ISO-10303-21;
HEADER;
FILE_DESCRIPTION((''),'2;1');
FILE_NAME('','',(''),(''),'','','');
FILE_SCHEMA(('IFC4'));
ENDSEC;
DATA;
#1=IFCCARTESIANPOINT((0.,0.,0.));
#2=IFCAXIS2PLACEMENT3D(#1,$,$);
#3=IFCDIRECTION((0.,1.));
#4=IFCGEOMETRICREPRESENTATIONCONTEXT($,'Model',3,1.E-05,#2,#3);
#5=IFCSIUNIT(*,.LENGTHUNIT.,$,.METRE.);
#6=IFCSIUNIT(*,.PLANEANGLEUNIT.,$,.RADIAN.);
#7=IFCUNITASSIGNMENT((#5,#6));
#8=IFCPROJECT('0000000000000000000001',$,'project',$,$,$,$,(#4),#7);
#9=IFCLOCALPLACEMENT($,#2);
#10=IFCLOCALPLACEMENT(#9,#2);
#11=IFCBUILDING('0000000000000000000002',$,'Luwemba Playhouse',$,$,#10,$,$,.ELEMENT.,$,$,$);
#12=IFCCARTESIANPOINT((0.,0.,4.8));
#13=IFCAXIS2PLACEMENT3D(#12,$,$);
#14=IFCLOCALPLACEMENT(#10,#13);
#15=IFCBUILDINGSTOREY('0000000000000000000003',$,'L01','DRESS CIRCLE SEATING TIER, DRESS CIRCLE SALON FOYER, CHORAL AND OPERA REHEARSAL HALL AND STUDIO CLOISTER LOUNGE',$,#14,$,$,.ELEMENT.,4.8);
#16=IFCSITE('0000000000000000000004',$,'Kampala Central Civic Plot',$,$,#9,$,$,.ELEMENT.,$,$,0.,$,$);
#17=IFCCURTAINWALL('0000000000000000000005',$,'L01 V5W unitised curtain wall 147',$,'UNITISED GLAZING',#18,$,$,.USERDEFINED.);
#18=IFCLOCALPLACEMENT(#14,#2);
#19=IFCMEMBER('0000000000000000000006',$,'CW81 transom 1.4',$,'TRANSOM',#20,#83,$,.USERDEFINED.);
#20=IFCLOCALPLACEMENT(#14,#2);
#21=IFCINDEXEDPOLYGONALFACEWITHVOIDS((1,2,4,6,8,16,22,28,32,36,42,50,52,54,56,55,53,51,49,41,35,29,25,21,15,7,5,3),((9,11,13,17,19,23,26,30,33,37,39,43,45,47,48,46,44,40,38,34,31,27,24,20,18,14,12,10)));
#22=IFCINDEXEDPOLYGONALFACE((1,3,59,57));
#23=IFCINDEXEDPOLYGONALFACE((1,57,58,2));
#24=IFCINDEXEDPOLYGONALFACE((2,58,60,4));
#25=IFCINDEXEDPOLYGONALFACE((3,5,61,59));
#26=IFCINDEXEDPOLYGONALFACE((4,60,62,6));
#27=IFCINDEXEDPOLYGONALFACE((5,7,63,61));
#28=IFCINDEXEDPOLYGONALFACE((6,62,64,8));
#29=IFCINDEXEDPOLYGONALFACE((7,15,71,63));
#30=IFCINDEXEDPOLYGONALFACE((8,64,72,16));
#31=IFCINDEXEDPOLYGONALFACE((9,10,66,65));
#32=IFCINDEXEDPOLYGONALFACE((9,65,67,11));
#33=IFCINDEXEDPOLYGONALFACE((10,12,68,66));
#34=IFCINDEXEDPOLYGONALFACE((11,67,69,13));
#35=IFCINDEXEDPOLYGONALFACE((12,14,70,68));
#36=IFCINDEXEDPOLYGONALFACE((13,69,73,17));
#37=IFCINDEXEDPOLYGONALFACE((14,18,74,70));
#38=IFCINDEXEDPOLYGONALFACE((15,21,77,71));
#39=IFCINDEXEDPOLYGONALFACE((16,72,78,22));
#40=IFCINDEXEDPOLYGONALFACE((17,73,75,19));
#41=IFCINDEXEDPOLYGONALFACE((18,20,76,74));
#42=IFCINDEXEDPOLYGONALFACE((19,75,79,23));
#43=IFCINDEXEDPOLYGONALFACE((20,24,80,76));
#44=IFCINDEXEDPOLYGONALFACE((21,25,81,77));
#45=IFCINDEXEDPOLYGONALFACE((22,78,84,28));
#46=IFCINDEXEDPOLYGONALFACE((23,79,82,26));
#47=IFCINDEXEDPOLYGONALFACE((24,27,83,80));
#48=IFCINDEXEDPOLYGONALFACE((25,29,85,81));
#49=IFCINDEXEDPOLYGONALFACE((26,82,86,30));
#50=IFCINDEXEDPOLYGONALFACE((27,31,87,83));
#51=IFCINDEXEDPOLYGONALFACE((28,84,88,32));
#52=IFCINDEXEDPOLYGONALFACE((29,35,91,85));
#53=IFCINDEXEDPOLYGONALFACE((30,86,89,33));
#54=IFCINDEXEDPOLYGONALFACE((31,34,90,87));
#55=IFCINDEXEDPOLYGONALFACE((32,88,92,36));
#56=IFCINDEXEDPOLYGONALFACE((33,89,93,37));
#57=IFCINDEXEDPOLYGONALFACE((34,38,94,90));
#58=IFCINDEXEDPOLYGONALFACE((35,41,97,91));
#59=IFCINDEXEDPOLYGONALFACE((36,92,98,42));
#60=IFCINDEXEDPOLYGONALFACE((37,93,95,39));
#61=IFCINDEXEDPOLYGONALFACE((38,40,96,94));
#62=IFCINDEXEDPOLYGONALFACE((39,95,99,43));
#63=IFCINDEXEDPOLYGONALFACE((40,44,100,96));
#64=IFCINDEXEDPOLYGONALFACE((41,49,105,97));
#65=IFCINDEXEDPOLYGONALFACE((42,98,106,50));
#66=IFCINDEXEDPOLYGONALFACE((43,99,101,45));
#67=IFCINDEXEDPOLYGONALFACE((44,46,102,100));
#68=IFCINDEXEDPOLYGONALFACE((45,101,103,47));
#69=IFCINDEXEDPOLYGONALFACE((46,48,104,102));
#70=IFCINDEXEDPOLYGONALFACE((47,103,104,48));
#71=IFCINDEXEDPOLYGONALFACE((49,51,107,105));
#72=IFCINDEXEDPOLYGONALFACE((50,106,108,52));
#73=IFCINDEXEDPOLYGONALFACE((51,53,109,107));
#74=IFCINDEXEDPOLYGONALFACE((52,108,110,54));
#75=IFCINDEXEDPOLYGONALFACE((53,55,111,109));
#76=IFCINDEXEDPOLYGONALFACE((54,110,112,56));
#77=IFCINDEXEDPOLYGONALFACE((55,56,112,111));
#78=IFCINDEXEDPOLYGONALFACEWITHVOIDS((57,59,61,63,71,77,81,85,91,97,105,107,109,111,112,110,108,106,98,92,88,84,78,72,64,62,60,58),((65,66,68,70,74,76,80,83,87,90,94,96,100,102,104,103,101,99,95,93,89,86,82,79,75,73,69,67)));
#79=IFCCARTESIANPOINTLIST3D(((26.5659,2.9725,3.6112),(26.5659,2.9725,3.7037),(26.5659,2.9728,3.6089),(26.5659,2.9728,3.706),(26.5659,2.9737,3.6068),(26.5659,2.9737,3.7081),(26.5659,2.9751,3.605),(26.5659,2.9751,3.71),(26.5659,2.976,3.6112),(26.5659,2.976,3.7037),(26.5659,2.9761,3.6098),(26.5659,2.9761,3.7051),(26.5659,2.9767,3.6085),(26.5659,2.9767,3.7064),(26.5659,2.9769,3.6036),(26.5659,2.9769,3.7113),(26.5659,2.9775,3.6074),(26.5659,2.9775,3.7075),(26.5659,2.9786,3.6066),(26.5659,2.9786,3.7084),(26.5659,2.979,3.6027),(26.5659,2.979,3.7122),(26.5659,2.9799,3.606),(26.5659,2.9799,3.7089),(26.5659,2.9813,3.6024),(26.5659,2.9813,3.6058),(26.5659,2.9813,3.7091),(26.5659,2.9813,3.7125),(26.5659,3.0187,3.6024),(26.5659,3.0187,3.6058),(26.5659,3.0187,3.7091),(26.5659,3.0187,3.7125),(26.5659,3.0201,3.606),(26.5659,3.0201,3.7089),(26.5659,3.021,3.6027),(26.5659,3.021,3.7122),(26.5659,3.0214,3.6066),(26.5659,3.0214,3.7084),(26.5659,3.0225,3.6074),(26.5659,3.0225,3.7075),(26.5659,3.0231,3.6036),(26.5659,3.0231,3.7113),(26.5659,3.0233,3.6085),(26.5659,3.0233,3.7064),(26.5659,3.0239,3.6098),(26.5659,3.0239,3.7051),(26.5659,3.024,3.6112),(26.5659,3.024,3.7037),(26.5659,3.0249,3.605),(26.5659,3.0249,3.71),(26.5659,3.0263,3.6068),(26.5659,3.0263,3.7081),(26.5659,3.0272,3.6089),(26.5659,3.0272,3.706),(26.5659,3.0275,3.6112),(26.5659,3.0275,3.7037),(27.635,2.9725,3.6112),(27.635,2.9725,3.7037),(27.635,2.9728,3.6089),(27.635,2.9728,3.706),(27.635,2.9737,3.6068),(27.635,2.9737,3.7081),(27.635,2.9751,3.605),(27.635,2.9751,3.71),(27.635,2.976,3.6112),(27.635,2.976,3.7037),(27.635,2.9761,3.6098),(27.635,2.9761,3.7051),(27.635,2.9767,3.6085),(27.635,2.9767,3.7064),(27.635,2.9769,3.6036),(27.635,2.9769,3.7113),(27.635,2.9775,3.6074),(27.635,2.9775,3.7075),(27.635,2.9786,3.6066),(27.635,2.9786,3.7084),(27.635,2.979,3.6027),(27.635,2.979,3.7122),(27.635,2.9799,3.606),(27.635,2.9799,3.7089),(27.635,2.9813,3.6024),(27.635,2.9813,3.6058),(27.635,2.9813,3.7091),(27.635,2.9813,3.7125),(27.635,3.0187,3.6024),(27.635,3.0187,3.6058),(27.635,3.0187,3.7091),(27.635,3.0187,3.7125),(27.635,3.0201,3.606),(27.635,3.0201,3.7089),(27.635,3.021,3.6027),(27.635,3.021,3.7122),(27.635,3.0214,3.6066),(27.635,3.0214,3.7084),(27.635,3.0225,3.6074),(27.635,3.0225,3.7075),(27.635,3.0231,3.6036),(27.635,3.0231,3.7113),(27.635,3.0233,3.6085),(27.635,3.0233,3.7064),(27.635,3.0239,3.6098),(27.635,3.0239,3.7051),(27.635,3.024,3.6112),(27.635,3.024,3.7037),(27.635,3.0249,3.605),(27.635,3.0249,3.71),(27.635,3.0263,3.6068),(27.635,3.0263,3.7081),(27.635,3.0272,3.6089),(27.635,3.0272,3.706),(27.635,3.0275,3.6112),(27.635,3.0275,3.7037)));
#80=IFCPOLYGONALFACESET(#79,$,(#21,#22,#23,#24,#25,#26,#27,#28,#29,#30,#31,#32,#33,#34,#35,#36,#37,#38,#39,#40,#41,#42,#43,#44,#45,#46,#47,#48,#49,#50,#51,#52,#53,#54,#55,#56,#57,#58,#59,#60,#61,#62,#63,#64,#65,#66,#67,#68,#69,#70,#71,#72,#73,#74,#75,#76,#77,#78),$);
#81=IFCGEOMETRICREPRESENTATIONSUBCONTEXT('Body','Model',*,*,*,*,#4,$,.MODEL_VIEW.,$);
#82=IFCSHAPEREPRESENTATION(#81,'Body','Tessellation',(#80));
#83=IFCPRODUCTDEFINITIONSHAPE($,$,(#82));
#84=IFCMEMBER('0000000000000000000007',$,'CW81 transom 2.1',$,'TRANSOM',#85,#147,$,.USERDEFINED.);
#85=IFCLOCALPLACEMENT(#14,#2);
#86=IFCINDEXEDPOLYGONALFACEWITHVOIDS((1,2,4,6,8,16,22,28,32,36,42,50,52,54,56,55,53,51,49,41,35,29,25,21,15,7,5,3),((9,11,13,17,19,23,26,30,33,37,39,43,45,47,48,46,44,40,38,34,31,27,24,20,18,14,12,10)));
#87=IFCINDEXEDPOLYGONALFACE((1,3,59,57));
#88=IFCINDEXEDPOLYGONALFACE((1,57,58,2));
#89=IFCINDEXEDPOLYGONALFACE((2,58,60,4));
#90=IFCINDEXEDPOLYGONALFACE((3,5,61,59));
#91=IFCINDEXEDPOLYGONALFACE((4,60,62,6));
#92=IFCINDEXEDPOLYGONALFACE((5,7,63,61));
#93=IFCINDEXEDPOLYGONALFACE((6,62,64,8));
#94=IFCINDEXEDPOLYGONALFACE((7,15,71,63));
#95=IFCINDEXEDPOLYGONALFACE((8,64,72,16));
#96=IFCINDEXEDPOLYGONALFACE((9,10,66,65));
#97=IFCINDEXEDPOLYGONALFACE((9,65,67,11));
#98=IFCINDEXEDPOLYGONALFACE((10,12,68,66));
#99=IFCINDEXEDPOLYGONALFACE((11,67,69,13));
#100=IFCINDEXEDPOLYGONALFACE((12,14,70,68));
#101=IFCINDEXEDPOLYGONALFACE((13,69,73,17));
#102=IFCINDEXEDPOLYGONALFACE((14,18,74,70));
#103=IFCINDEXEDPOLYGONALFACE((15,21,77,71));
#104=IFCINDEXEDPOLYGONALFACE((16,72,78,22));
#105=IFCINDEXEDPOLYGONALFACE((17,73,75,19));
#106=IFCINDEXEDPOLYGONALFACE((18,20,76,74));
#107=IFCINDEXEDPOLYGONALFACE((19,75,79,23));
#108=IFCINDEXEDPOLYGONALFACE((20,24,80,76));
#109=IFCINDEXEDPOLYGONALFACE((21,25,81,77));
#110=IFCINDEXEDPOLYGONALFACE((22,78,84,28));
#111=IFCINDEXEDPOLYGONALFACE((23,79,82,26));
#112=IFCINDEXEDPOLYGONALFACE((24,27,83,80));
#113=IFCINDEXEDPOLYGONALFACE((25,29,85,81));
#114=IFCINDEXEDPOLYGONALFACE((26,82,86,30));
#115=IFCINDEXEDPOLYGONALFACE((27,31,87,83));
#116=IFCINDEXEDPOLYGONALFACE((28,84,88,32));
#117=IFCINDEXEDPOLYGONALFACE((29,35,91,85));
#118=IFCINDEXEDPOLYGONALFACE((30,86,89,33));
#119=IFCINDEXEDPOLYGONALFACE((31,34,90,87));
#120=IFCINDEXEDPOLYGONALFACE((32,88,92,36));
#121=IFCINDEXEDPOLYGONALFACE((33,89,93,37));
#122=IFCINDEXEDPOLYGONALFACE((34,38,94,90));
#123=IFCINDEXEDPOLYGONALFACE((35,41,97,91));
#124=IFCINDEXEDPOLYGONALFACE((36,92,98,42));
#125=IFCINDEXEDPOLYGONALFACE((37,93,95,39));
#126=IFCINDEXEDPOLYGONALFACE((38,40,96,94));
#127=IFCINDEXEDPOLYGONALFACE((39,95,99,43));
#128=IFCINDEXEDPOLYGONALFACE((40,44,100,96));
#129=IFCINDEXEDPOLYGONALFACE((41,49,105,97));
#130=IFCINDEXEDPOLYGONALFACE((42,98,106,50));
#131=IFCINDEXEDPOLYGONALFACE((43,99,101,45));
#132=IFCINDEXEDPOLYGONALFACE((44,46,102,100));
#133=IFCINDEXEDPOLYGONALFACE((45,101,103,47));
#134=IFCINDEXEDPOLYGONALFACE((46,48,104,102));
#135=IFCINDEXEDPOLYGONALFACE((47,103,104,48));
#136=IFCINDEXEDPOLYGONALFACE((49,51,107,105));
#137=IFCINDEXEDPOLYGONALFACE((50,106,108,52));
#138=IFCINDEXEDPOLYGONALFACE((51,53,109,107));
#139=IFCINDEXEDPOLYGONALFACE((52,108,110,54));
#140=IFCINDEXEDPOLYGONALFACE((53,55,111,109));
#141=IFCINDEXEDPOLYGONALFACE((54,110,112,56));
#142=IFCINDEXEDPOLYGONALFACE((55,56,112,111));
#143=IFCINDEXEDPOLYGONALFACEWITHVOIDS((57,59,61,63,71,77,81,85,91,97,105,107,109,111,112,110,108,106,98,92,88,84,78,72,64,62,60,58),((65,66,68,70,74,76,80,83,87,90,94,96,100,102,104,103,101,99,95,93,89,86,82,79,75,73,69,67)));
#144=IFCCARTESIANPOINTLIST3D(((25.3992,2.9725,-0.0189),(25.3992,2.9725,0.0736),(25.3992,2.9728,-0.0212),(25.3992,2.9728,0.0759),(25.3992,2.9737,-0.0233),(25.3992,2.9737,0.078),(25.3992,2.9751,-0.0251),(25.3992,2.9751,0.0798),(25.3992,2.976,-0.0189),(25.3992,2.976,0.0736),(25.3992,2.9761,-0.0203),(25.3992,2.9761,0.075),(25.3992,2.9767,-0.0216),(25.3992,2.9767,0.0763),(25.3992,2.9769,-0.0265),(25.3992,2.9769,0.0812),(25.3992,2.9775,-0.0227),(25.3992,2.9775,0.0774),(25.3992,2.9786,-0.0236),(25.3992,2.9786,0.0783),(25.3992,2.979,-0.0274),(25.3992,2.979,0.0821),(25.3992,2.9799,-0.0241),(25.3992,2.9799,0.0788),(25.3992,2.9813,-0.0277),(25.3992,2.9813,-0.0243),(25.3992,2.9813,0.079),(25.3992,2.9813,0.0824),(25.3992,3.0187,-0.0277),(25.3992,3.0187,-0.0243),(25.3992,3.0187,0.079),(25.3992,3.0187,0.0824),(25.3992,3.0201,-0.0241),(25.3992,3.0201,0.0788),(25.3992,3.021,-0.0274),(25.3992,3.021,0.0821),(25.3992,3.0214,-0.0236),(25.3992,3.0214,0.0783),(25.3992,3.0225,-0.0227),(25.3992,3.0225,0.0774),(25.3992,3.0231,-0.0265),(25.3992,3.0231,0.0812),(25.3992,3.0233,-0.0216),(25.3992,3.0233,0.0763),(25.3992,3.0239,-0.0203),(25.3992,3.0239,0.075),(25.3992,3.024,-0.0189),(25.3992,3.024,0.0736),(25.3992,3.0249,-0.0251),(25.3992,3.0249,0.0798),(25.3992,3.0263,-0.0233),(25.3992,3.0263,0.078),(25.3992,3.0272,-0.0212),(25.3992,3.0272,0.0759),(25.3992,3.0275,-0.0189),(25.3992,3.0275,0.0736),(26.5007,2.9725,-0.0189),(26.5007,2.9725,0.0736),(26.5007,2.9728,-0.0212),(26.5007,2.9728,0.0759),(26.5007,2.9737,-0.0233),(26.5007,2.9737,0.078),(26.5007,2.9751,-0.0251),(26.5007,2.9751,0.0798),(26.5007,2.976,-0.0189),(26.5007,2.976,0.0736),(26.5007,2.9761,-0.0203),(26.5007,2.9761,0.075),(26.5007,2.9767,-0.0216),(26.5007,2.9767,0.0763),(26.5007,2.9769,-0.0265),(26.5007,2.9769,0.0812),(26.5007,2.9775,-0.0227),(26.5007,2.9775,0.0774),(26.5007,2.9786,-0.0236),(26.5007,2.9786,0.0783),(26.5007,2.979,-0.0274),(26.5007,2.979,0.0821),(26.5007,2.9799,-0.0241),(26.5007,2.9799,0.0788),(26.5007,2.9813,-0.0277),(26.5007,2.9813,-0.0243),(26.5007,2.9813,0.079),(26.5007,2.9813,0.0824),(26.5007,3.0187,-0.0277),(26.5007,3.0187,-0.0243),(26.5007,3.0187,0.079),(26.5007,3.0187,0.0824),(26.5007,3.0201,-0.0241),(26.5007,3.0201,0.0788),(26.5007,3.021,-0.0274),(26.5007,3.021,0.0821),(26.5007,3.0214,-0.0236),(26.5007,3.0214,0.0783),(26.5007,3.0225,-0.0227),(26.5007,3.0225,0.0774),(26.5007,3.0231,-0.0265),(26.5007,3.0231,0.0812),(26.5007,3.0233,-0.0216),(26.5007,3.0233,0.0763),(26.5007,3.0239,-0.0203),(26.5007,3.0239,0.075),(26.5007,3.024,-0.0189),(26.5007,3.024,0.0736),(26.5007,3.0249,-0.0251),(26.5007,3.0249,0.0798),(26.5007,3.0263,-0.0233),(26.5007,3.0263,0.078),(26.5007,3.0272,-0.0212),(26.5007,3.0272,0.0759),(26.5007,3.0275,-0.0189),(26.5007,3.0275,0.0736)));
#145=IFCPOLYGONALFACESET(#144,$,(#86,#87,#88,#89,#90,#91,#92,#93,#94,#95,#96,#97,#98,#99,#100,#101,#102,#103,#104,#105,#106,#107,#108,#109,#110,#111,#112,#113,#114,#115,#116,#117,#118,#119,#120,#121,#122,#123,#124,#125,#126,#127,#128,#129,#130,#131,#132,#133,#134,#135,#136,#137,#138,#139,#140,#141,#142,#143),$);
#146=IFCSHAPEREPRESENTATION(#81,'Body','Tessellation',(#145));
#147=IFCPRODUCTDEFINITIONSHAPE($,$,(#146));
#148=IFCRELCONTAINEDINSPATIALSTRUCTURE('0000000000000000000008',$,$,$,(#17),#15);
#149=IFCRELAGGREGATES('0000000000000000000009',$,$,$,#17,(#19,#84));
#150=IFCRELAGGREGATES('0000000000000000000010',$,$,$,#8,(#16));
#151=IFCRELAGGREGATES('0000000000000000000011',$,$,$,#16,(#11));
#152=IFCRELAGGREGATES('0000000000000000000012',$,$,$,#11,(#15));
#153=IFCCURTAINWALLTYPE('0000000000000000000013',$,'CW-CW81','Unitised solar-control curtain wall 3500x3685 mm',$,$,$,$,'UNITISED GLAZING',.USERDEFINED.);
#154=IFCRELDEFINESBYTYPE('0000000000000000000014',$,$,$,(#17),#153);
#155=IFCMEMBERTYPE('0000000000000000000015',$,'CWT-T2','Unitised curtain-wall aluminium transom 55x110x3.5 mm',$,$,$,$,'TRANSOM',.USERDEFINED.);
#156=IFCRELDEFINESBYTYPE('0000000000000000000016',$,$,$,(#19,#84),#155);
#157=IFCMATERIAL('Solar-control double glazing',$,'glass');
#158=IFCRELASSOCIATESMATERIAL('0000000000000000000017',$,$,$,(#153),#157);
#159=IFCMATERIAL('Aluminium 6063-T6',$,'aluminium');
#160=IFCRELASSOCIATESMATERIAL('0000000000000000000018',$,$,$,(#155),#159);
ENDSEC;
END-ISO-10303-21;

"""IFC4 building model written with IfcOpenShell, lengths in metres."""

from ifc_helpers import new_model, si_unit, direction, frame, origin, origin_2d, place, context, subcontext, project, spatial, hollow_rectangle, extrude, material, material_profile, profile_set, type_object, element, aggregate, save


model = new_model("IFC4")

# Units and contexts
model_context = context("Model", 3, precision=1e-05, world=origin(), true_north=direction((0.0, 1.0)))
body_context = subcontext(model_context, "Body", "Model", "MODEL_VIEW")
ifc_project = project(units=[si_unit("LENGTHUNIT", "METRE"), si_unit("PLANEANGLEUNIT", "RADIAN")], contexts=[model_context])

# Site, building, storey
site_placement = place(None, origin())
site = spatial("IfcSite", under=ifc_project, at=site_placement, Name="Kampala Central Civic Plot", CompositionType="ELEMENT", RefElevation=0.0)
building_placement = place(site_placement, origin())
building = spatial("IfcBuilding", under=site, at=building_placement, Name="Luwemba Playhouse", CompositionType="ELEMENT")
storey_placement = place(building_placement, frame((0.0, 0.0, 4.8)))
storey = spatial("IfcBuildingStorey", under=building, at=storey_placement, Name="L01", Description="DRESS CIRCLE SEATING TIER, DRESS CIRCLE SALON FOYER, CHORAL AND OPERA REHEARSAL HALL AND STUDIO CLOISTER LOUNGE", CompositionType="ELEMENT", Elevation=4.8)

# Shared definitions
ifc_material_1 = material(Name="Solar-control double glazing", Category="glass")
ifc_material_2 = material(Name="Aluminium 6063-T6", Category="aluminium")

# Curtain wall, members
curtain_wall_type_1 = type_object("IfcCurtainWallType", Name="CW-CW81", Description="Unitised solar-control curtain wall 3500x3685 mm", ElementType="UNITISED GLAZING", PredefinedType="USERDEFINED", material=ifc_material_1)
curtain_wall_1_placement = place(storey_placement, origin())
curtain_wall_1 = element("IfcCurtainWall", 1, at=curtain_wall_1_placement, inside=storey, type_object=curtain_wall_type_1, Name="L01 V5W unitised curtain wall 147", ObjectType="UNITISED GLAZING", PredefinedType="USERDEFINED")
ifc_material_profile_1 = material_profile(ifc_material_2, hollow_rectangle(XDim=0.0549, YDim=0.1101, WallThickness=0.0034, InnerFilletRadius=0.0054, OuterFilletRadius=0.0088, at=origin_2d()))
ifc_profile_set_1 = profile_set([ifc_material_profile_1], Name="Aluminium 6063-T6")
member_type_1 = type_object("IfcMemberType", Name="CWT-T2", Description="Unitised curtain-wall aluminium transom 55x110x3.5 mm", ElementType="TRANSOM", PredefinedType="USERDEFINED", material=ifc_profile_set_1)
member_1_placement = place(storey_placement, frame((27.635, 3.0, 3.6575), z_axis=(-1.0, 0.0, 0.0), x_axis=(0.0, -1.0, 0.0)))
member_1 = element("IfcMember", 2, at=member_1_placement, type_object=member_type_1, Name="CW81 transom 1.4", ObjectType="TRANSOM", PredefinedType="USERDEFINED", context=body_context, shape_type="SweptSolid", body=[
    extrude(hollow_rectangle(XDim=0.0549, YDim=0.1101, WallThickness=0.0034, InnerFilletRadius=0.0054, OuterFilletRadius=0.0088, at=origin_2d()), origin(), (0.0, 0.0, 1.0), 1.0691),
])
member_2_placement = place(storey_placement, frame((26.5007, 3.0, 0.0273), z_axis=(-1.0, 0.0, 0.0), x_axis=(0.0, -1.0, 0.0)))
member_2 = element("IfcMember", 3, at=member_2_placement, type_object=member_type_1, Name="CW81 transom 2.1", ObjectType="TRANSOM", PredefinedType="USERDEFINED", context=body_context, shape_type="SweptSolid", body=[
    extrude(hollow_rectangle(XDim=0.0549, YDim=0.1101, WallThickness=0.0034, InnerFilletRadius=0.0054, OuterFilletRadius=0.0088, at=origin_2d()), origin(), (0.0, 0.0, 1.0), 1.1016),
])
aggregate(curtain_wall_1, [member_1, member_2])

save(model, "model.ifc")
